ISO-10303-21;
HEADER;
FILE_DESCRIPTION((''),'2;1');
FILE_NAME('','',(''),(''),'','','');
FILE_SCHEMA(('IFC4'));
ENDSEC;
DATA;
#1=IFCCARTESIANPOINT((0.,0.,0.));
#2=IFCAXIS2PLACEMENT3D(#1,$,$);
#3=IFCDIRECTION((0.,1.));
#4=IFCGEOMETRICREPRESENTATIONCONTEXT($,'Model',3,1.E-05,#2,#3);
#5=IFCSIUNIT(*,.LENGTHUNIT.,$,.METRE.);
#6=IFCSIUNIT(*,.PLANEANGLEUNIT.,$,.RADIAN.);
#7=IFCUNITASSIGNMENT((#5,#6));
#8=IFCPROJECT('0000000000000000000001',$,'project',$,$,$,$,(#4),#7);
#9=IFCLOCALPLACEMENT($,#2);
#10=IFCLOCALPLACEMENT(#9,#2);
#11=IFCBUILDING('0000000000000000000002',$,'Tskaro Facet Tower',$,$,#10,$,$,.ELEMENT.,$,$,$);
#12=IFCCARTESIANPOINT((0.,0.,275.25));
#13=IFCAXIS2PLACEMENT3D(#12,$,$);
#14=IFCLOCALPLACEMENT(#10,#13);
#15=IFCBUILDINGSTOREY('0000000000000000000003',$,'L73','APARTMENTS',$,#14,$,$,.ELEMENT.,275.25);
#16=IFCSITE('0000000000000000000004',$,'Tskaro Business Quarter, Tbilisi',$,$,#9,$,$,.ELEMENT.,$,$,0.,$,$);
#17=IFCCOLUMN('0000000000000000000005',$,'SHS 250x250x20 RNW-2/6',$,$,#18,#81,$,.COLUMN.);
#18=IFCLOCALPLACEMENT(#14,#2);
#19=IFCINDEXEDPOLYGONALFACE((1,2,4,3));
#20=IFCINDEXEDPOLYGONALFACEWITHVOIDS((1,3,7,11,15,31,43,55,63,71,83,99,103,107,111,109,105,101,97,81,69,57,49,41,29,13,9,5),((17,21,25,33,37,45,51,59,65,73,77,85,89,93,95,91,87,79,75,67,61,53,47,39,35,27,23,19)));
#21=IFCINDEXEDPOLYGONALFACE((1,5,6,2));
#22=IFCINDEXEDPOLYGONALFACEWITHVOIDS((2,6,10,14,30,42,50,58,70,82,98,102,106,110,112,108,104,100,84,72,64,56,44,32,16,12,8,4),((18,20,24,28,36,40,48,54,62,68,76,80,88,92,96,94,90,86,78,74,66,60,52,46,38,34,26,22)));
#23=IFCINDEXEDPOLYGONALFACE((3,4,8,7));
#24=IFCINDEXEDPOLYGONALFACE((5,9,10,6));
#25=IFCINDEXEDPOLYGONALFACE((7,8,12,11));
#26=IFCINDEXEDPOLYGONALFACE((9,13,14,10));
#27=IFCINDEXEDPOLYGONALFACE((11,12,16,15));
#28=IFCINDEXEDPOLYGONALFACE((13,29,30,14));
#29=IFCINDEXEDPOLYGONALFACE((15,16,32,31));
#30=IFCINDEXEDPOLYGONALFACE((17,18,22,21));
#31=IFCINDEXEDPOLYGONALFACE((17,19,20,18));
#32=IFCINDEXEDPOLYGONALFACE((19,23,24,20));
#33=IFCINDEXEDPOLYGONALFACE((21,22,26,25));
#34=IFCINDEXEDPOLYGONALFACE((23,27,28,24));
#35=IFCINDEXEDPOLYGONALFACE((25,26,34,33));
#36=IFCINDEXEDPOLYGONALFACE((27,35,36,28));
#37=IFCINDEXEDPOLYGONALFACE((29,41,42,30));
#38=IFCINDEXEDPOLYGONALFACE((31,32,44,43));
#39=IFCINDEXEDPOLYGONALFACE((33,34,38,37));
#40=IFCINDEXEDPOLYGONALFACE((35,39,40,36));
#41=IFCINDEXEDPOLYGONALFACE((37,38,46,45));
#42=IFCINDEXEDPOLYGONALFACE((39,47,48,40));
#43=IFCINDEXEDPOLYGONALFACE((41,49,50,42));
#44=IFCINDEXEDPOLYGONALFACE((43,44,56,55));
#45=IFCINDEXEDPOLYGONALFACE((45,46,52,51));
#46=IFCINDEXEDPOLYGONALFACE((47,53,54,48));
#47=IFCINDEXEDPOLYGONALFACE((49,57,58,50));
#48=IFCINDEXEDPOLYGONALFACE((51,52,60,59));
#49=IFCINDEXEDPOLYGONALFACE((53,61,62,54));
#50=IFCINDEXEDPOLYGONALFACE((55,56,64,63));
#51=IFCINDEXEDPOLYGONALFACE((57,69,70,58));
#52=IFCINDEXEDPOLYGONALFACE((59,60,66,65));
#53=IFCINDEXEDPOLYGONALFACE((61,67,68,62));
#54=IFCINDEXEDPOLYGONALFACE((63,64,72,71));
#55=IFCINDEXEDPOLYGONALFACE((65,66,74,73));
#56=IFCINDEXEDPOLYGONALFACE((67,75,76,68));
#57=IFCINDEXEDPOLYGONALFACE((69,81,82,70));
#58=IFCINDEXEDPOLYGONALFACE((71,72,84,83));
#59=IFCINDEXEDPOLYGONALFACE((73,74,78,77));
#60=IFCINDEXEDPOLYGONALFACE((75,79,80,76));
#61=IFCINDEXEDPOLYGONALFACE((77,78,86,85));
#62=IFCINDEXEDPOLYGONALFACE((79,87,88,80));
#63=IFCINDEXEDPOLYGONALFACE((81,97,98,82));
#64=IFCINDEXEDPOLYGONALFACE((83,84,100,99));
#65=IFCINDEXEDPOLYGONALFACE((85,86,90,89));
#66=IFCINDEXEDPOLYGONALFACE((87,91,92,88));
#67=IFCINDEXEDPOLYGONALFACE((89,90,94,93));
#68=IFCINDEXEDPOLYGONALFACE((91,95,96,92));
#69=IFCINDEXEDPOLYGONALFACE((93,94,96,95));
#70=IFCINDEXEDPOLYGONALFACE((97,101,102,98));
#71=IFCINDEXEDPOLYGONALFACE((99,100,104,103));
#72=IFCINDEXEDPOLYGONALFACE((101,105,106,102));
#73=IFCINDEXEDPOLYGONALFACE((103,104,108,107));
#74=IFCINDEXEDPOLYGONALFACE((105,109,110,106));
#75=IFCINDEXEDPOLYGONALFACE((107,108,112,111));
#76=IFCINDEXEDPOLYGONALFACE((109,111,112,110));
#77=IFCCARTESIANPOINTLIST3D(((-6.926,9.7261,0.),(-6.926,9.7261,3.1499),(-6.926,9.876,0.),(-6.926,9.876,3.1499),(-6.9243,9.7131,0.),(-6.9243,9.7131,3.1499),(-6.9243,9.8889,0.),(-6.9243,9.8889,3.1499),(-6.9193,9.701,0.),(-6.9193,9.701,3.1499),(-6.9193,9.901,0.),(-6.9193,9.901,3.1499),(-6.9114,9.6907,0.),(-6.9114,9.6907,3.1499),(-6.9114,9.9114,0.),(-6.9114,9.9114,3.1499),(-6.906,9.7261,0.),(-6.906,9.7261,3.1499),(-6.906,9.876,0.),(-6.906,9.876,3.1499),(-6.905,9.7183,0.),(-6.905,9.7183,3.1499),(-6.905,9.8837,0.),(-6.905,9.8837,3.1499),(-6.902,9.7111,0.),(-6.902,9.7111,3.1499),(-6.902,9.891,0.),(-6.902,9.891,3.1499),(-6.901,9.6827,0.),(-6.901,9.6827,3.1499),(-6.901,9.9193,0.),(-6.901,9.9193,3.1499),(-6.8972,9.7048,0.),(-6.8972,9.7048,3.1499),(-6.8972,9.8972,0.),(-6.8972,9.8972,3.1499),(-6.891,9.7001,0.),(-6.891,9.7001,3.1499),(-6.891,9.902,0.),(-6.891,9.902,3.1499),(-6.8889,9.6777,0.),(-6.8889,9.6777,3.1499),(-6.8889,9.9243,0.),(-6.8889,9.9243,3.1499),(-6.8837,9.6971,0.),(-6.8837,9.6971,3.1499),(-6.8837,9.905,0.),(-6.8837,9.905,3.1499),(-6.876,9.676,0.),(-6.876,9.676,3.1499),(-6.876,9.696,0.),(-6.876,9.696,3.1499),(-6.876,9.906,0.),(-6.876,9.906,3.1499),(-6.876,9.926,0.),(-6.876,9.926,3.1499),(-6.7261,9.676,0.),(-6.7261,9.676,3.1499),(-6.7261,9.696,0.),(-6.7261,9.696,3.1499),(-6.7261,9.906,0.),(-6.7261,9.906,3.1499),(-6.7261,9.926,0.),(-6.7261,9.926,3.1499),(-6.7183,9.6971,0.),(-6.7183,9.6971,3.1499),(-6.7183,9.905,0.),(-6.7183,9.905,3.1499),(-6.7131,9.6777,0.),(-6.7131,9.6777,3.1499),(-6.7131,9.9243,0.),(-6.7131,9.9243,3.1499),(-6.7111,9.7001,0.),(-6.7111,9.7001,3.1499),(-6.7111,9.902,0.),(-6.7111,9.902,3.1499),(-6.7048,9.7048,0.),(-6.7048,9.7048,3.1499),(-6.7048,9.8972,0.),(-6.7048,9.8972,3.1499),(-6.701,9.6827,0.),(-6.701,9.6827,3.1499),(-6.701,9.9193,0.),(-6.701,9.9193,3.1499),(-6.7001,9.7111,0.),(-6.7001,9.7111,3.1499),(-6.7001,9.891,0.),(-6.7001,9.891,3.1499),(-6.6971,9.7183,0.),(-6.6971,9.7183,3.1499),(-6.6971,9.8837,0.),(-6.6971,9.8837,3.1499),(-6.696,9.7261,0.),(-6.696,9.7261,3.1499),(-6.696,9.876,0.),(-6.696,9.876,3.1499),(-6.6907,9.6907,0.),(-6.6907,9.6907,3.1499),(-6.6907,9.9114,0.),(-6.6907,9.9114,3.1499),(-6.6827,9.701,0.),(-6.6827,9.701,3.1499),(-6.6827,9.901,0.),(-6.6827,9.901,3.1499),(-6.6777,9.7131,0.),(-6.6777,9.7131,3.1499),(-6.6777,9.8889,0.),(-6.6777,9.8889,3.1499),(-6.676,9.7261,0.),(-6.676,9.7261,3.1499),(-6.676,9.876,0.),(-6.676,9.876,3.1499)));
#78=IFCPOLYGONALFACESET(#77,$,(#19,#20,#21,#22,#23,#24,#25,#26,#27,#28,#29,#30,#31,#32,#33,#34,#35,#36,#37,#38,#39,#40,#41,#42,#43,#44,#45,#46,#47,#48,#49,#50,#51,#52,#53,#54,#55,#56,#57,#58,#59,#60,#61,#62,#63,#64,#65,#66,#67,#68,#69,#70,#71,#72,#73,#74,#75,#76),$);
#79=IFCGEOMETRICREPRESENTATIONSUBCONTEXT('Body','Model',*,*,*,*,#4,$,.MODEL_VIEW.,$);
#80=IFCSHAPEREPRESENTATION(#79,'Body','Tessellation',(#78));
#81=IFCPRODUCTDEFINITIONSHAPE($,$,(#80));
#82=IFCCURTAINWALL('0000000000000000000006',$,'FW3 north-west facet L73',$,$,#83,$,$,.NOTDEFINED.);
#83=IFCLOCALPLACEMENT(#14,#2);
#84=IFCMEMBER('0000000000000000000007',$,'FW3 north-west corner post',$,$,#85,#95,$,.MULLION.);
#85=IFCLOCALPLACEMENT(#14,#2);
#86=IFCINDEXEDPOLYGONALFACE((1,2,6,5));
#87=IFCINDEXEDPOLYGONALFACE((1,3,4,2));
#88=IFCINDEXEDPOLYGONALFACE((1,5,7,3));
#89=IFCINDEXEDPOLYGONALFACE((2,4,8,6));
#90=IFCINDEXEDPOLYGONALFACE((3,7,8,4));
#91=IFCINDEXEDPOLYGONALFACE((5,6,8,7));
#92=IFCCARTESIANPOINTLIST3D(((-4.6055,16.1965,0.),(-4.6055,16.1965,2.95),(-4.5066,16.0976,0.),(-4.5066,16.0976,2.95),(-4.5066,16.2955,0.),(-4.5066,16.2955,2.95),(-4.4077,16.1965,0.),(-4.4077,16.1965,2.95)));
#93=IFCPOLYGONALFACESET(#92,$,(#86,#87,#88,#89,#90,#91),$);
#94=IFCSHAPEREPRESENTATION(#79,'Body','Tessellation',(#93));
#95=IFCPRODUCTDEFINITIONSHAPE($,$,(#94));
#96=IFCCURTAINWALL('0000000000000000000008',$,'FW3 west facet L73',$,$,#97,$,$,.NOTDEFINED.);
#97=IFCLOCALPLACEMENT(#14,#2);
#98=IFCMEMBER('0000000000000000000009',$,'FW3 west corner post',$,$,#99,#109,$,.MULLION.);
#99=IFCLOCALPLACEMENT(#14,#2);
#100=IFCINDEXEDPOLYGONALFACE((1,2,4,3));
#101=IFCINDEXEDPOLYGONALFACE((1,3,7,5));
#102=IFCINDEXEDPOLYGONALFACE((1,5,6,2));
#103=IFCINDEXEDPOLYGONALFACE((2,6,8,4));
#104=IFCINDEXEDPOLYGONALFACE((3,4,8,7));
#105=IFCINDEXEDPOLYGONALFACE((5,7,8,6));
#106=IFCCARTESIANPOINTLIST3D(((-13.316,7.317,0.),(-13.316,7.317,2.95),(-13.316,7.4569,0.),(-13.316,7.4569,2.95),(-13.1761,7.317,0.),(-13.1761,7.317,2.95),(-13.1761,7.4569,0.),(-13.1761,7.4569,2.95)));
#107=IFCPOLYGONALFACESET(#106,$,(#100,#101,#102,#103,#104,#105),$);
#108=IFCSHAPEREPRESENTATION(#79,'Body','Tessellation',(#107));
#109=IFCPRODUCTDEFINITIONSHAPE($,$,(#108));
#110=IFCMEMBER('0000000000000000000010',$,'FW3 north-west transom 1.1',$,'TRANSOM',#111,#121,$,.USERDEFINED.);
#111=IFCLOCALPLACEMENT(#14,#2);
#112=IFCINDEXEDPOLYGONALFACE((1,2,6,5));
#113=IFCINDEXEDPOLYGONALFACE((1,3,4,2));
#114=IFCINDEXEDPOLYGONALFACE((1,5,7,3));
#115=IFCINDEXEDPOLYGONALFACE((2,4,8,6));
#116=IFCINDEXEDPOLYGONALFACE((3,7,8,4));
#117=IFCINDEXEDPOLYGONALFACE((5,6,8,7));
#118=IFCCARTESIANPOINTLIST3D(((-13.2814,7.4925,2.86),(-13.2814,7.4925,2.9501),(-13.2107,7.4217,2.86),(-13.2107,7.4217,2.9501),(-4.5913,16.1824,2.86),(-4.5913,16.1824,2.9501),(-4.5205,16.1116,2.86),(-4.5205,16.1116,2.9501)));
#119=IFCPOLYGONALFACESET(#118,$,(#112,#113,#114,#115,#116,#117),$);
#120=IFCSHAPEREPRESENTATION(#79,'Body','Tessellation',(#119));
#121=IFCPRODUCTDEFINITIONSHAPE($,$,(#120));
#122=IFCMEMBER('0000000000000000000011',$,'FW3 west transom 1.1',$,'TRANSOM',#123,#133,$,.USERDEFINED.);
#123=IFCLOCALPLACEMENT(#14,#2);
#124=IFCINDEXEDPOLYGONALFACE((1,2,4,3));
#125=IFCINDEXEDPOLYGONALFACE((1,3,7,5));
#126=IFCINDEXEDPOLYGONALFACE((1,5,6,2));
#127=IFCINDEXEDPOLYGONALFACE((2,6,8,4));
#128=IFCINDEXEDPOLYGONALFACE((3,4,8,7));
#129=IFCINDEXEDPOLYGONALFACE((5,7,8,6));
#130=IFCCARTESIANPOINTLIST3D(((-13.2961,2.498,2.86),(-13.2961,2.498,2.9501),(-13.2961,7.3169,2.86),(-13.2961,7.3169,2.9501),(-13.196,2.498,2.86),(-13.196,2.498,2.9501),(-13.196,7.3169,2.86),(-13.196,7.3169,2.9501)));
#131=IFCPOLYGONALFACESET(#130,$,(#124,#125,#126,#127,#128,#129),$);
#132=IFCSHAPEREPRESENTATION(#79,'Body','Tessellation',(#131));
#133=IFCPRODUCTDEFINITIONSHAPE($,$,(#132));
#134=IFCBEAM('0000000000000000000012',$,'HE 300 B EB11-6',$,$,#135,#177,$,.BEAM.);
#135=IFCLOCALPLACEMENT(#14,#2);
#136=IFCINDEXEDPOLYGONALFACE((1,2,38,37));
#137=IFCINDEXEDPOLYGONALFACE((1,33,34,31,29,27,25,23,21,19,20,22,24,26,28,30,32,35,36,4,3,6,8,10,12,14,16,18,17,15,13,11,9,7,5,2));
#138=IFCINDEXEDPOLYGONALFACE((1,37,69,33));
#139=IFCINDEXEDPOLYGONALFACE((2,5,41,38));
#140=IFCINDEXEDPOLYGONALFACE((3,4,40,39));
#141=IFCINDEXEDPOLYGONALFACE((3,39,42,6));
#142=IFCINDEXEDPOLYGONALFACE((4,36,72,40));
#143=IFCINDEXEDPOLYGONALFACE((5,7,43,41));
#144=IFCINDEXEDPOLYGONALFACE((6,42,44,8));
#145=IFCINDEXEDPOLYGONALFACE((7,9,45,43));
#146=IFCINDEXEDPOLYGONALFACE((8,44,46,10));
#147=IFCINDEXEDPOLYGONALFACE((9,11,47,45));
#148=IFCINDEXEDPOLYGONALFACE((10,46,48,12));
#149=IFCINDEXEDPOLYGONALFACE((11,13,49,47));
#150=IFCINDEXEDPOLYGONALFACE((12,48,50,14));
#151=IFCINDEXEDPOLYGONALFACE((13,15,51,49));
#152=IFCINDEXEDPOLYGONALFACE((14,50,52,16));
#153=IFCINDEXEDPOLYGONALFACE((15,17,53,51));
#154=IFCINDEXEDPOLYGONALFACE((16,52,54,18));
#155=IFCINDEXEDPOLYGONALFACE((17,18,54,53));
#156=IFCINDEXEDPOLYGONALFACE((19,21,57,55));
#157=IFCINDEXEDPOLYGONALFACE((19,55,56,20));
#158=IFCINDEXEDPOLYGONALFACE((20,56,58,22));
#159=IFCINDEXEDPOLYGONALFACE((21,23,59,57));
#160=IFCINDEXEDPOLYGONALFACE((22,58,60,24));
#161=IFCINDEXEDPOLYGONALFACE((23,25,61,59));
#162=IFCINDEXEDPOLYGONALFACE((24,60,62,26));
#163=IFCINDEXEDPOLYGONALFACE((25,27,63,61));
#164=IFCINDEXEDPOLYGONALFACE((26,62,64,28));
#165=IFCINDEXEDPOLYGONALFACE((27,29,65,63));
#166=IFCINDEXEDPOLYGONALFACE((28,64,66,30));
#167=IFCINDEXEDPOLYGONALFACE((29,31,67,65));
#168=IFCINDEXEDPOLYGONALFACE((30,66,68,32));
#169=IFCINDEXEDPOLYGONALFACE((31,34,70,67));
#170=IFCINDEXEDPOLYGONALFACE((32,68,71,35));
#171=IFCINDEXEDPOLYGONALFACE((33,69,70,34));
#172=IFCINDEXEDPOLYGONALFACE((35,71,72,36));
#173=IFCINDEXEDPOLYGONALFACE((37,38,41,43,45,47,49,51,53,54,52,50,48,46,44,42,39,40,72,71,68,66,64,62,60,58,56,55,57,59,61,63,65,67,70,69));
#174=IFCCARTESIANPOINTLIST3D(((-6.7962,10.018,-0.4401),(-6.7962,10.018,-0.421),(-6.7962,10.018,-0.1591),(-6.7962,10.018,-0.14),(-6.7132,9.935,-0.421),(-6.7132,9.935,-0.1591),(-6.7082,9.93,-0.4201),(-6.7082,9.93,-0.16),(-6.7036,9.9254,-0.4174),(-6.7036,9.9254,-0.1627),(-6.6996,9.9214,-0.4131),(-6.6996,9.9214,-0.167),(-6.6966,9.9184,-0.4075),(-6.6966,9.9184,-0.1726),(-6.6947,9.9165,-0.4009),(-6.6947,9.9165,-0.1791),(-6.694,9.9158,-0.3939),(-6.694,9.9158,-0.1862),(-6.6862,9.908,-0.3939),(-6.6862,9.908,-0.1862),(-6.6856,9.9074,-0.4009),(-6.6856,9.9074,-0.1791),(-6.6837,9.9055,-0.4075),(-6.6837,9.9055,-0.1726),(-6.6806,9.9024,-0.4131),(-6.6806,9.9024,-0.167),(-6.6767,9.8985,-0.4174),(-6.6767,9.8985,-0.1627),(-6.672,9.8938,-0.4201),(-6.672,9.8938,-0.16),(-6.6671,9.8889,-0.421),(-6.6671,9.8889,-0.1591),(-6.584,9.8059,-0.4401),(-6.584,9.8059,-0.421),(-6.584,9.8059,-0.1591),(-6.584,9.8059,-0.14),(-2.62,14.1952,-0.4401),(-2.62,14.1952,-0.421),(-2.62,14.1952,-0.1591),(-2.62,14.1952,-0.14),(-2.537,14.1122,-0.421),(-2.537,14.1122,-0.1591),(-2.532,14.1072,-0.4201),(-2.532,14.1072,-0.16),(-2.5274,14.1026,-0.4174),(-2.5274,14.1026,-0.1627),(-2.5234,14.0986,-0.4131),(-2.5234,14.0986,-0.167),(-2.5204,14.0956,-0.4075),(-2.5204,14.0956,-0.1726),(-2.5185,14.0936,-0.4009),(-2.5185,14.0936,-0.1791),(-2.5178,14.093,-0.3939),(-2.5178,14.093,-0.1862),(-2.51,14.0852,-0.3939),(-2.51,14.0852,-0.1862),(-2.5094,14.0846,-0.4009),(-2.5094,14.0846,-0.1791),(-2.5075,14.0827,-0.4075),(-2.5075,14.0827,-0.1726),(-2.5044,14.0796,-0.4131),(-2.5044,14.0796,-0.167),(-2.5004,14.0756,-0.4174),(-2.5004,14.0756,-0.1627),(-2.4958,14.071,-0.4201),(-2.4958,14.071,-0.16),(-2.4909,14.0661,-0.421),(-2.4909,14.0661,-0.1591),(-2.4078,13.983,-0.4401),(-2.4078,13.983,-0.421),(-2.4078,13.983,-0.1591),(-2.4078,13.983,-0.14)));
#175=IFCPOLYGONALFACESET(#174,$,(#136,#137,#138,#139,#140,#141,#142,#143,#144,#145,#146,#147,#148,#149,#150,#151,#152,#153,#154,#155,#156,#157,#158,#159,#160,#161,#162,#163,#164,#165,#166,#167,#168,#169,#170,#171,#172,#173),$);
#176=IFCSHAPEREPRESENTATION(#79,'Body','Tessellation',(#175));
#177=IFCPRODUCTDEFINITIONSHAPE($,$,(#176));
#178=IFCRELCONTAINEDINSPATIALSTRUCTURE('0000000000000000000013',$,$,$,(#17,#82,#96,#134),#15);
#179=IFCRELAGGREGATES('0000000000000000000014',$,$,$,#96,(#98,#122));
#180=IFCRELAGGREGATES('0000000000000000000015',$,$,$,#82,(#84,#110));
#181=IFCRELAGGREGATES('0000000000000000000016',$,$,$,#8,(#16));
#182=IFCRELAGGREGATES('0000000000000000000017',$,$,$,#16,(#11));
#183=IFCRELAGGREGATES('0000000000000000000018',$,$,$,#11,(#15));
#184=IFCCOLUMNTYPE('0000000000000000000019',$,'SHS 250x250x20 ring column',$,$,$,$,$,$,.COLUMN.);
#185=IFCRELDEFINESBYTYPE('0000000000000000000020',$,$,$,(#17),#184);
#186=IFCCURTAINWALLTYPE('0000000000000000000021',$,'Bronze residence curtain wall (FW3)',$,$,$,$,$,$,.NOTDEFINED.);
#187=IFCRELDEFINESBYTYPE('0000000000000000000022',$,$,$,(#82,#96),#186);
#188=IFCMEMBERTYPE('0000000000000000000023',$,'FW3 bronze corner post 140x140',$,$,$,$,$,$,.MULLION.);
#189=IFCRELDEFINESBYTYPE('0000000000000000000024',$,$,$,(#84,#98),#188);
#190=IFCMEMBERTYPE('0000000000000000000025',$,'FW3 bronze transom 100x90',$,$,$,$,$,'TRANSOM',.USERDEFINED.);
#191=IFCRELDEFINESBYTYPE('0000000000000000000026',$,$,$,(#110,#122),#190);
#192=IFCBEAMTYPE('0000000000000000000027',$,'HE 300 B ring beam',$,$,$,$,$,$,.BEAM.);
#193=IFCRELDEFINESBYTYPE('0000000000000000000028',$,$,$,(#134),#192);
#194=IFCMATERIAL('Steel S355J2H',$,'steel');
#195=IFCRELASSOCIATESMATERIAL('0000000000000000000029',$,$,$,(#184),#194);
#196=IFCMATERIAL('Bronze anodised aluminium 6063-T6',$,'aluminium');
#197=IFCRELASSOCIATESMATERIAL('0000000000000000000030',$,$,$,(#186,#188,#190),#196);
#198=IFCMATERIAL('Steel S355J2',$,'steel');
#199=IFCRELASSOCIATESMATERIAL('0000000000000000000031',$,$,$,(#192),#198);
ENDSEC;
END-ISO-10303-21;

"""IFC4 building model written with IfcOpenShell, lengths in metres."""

from ifc_helpers import new_model, si_unit, direction, frame, origin, origin_2d, place, context, subcontext, project, spatial, rectangle, hollow_rectangle, i_section, extrude, material, material_profile, profile_set, type_object, element, aggregate, save


model = new_model("IFC4")

# Units and contexts
model_context = context("Model", 3, precision=1e-05, world=origin(), true_north=direction((0.0, 1.0)))
body_context = subcontext(model_context, "Body", "Model", "MODEL_VIEW")
ifc_project = project(units=[si_unit("LENGTHUNIT", "METRE"), si_unit("PLANEANGLEUNIT", "RADIAN")], contexts=[model_context])

# Site, building, storey
site_placement = place(None, origin())
site = spatial("IfcSite", under=ifc_project, at=site_placement, Name="Tskaro Business Quarter, Tbilisi", CompositionType="ELEMENT", RefElevation=0.0)
building_placement = place(site_placement, origin())
building = spatial("IfcBuilding", under=site, at=building_placement, Name="Tskaro Facet Tower", CompositionType="ELEMENT")
storey_placement = place(building_placement, frame((0.0, 0.0, 275.25)))
storey = spatial("IfcBuildingStorey", under=building, at=storey_placement, Name="L73", Description="APARTMENTS", CompositionType="ELEMENT", Elevation=275.25)

# Column
ifc_material_1 = material(Name="Steel S355J2", Category="steel")
ifc_material_2 = material(Name="Steel S355J2H", Category="steel")
ifc_material_profile_1 = material_profile(ifc_material_2, hollow_rectangle(XDim=0.25, YDim=0.25, WallThickness=0.02, InnerFilletRadius=0.03, OuterFilletRadius=0.05, at=origin_2d()), Name="SHS 250x250x20")
ifc_profile_set_1 = profile_set([ifc_material_profile_1], Name="Steel S355J2H")
column_type_1 = type_object("IfcColumnType", Name="SHS 250x250x20 ring column", PredefinedType="COLUMN", material=ifc_profile_set_1)
for number, where, z_axis, x_axis, name in (
    (1, (-6.801, 9.801, 0.0), (0.0, 0.0, 1.0), (1.0, 0.0, 0.0), "SHS 250x250x20 RNW-2/6"),
):
    element("IfcColumn", number, at=place(storey_placement, frame(where, z_axis=z_axis, x_axis=x_axis)), inside=storey, type_object=column_type_1, Name=name, PredefinedType="COLUMN", context=body_context, shape_type="SweptSolid", body=[
        extrude(hollow_rectangle(XDim=0.25, YDim=0.25, WallThickness=0.02, InnerFilletRadius=0.03, OuterFilletRadius=0.05, at=origin_2d()), origin(), (0.0, 0.0, 1.0), 3.1499),
    ])

# Curtain walls, members
ifc_material_3 = material(Name="Bronze anodised aluminium 6063-T6", Category="aluminium")
curtain_wall_type = type_object("IfcCurtainWallType", Name="Bronze residence curtain wall (FW3)", PredefinedType="NOTDEFINED", material=ifc_material_3)
curtain_wall_1_placement = place(storey_placement, origin())
curtain_wall_1 = element("IfcCurtainWall", 2, at=curtain_wall_1_placement, inside=storey, type_object=curtain_wall_type, Name="FW3 north-west facet L73", PredefinedType="NOTDEFINED")
ifc_material_profile_2 = material_profile(ifc_material_3, rectangle(XDim=0.1399, YDim=0.1399, at=origin_2d()), Name="Corner post 140x140")
ifc_profile_set_2 = profile_set([ifc_material_profile_2], Name="Bronze anodised aluminium 6063-T6")
member_type_1 = type_object("IfcMemberType", Name="FW3 bronze corner post 140x140", PredefinedType="MULLION", material=ifc_profile_set_2)
member_1_placement = place(storey_placement, frame((-4.5066, 16.1965, 0.0), z_axis=(0.0, 0.0, 1.0), x_axis=(-0.707107, -0.707107, 0.0)))
member_1 = element("IfcMember", 3, at=member_1_placement, type_object=member_type_1, Name="FW3 north-west corner post", PredefinedType="MULLION", context=body_context, shape_type="SweptSolid", body=[
    extrude(rectangle(XDim=0.1399, YDim=0.1399, at=origin_2d()), origin(), (0.0, 0.0, 1.0), 2.95),
])
curtain_wall_2_placement = place(storey_placement, origin())
curtain_wall_2 = element("IfcCurtainWall", 4, at=curtain_wall_2_placement, inside=storey, type_object=curtain_wall_type, Name="FW3 west facet L73", PredefinedType="NOTDEFINED")
member_2_placement = place(storey_placement, frame((-13.2461, 7.387, 0.0), z_axis=(0.0, 0.0, 1.0), x_axis=(0.0, -1.0, 0.0)))
member_2 = element("IfcMember", 5, at=member_2_placement, type_object=member_type_1, Name="FW3 west corner post", PredefinedType="MULLION", context=body_context, shape_type="SweptSolid", body=[
    extrude(rectangle(XDim=0.1399, YDim=0.1399, at=origin_2d()), origin(), (0.0, 0.0, 1.0), 2.95),
])

# Members
ifc_material_profile_3 = material_profile(ifc_material_3, rectangle(XDim=0.1001, YDim=0.0901, at=origin_2d()), Name="Transom 100x90")
ifc_profile_set_3 = profile_set([ifc_material_profile_3], Name="Bronze anodised aluminium 6063-T6")
member_type_2 = type_object("IfcMemberType", Name="FW3 bronze transom 100x90", ElementType="TRANSOM", PredefinedType="USERDEFINED", material=ifc_profile_set_3)
member_3_placement = place(storey_placement, frame((-4.5559, 16.147, 2.905), z_axis=(-0.707117, -0.707097, 0.0), x_axis=(0.707097, -0.707117, 0.0)))
member_3 = element("IfcMember", 6, at=member_3_placement, type_object=member_type_2, Name="FW3 north-west transom 1.1", ObjectType="TRANSOM", PredefinedType="USERDEFINED", context=body_context, shape_type="SweptSolid", body=[
    extrude(rectangle(XDim=0.1001, YDim=0.0901, at=origin_2d()), origin(), (0.0, 0.0, 1.0), 12.2896),
])
member_4_placement = place(storey_placement, frame((-13.2461, 7.3169, 2.905), z_axis=(0.0, -1.0, 0.0), x_axis=(1.0, 0.0, 0.0)))
member_4 = element("IfcMember", 7, at=member_4_placement, type_object=member_type_2, Name="FW3 west transom 1.1", ObjectType="TRANSOM", PredefinedType="USERDEFINED", context=body_context, shape_type="SweptSolid", body=[
    extrude(rectangle(XDim=0.1001, YDim=0.0901, at=origin_2d()), origin(), (0.0, 0.0, 1.0), 4.8188),
])
aggregate(curtain_wall_2, [member_2, member_4])

# Beam
ifc_material_profile_4 = material_profile(ifc_material_1, i_section(OverallWidth=0.3, OverallDepth=0.3, WebThickness=0.011, FlangeThickness=0.019, FilletRadius=0.0271, at=origin_2d()), Name="HE 300 B")
ifc_profile_set_4 = profile_set([ifc_material_profile_4], Name="Steel S355J2")
beam_type_1 = type_object("IfcBeamType", Name="HE 300 B ring beam", PredefinedType="BEAM", material=ifc_profile_set_4)
for number, where, z_axis, x_axis, name in (
    (8, (-2.5139, 14.0891, -0.29), (-0.707024, -0.707189, 0.0), (0.707189, -0.707024, 0.0), "HE 300 B EB11-6"),
):
    element("IfcBeam", number, at=place(storey_placement, frame(where, z_axis=z_axis, x_axis=x_axis)), inside=storey, type_object=beam_type_1, Name=name, PredefinedType="BEAM", context=body_context, shape_type="SweptSolid", body=[
        extrude(i_section(OverallWidth=0.3, OverallDepth=0.3, WebThickness=0.011, FlangeThickness=0.019, FilletRadius=0.0271, at=origin_2d()), origin(), (0.0, 0.0, 1.0), 5.9067),
    ])

aggregate(curtain_wall_1, [member_1, member_3])

save(model, "model.ifc")
